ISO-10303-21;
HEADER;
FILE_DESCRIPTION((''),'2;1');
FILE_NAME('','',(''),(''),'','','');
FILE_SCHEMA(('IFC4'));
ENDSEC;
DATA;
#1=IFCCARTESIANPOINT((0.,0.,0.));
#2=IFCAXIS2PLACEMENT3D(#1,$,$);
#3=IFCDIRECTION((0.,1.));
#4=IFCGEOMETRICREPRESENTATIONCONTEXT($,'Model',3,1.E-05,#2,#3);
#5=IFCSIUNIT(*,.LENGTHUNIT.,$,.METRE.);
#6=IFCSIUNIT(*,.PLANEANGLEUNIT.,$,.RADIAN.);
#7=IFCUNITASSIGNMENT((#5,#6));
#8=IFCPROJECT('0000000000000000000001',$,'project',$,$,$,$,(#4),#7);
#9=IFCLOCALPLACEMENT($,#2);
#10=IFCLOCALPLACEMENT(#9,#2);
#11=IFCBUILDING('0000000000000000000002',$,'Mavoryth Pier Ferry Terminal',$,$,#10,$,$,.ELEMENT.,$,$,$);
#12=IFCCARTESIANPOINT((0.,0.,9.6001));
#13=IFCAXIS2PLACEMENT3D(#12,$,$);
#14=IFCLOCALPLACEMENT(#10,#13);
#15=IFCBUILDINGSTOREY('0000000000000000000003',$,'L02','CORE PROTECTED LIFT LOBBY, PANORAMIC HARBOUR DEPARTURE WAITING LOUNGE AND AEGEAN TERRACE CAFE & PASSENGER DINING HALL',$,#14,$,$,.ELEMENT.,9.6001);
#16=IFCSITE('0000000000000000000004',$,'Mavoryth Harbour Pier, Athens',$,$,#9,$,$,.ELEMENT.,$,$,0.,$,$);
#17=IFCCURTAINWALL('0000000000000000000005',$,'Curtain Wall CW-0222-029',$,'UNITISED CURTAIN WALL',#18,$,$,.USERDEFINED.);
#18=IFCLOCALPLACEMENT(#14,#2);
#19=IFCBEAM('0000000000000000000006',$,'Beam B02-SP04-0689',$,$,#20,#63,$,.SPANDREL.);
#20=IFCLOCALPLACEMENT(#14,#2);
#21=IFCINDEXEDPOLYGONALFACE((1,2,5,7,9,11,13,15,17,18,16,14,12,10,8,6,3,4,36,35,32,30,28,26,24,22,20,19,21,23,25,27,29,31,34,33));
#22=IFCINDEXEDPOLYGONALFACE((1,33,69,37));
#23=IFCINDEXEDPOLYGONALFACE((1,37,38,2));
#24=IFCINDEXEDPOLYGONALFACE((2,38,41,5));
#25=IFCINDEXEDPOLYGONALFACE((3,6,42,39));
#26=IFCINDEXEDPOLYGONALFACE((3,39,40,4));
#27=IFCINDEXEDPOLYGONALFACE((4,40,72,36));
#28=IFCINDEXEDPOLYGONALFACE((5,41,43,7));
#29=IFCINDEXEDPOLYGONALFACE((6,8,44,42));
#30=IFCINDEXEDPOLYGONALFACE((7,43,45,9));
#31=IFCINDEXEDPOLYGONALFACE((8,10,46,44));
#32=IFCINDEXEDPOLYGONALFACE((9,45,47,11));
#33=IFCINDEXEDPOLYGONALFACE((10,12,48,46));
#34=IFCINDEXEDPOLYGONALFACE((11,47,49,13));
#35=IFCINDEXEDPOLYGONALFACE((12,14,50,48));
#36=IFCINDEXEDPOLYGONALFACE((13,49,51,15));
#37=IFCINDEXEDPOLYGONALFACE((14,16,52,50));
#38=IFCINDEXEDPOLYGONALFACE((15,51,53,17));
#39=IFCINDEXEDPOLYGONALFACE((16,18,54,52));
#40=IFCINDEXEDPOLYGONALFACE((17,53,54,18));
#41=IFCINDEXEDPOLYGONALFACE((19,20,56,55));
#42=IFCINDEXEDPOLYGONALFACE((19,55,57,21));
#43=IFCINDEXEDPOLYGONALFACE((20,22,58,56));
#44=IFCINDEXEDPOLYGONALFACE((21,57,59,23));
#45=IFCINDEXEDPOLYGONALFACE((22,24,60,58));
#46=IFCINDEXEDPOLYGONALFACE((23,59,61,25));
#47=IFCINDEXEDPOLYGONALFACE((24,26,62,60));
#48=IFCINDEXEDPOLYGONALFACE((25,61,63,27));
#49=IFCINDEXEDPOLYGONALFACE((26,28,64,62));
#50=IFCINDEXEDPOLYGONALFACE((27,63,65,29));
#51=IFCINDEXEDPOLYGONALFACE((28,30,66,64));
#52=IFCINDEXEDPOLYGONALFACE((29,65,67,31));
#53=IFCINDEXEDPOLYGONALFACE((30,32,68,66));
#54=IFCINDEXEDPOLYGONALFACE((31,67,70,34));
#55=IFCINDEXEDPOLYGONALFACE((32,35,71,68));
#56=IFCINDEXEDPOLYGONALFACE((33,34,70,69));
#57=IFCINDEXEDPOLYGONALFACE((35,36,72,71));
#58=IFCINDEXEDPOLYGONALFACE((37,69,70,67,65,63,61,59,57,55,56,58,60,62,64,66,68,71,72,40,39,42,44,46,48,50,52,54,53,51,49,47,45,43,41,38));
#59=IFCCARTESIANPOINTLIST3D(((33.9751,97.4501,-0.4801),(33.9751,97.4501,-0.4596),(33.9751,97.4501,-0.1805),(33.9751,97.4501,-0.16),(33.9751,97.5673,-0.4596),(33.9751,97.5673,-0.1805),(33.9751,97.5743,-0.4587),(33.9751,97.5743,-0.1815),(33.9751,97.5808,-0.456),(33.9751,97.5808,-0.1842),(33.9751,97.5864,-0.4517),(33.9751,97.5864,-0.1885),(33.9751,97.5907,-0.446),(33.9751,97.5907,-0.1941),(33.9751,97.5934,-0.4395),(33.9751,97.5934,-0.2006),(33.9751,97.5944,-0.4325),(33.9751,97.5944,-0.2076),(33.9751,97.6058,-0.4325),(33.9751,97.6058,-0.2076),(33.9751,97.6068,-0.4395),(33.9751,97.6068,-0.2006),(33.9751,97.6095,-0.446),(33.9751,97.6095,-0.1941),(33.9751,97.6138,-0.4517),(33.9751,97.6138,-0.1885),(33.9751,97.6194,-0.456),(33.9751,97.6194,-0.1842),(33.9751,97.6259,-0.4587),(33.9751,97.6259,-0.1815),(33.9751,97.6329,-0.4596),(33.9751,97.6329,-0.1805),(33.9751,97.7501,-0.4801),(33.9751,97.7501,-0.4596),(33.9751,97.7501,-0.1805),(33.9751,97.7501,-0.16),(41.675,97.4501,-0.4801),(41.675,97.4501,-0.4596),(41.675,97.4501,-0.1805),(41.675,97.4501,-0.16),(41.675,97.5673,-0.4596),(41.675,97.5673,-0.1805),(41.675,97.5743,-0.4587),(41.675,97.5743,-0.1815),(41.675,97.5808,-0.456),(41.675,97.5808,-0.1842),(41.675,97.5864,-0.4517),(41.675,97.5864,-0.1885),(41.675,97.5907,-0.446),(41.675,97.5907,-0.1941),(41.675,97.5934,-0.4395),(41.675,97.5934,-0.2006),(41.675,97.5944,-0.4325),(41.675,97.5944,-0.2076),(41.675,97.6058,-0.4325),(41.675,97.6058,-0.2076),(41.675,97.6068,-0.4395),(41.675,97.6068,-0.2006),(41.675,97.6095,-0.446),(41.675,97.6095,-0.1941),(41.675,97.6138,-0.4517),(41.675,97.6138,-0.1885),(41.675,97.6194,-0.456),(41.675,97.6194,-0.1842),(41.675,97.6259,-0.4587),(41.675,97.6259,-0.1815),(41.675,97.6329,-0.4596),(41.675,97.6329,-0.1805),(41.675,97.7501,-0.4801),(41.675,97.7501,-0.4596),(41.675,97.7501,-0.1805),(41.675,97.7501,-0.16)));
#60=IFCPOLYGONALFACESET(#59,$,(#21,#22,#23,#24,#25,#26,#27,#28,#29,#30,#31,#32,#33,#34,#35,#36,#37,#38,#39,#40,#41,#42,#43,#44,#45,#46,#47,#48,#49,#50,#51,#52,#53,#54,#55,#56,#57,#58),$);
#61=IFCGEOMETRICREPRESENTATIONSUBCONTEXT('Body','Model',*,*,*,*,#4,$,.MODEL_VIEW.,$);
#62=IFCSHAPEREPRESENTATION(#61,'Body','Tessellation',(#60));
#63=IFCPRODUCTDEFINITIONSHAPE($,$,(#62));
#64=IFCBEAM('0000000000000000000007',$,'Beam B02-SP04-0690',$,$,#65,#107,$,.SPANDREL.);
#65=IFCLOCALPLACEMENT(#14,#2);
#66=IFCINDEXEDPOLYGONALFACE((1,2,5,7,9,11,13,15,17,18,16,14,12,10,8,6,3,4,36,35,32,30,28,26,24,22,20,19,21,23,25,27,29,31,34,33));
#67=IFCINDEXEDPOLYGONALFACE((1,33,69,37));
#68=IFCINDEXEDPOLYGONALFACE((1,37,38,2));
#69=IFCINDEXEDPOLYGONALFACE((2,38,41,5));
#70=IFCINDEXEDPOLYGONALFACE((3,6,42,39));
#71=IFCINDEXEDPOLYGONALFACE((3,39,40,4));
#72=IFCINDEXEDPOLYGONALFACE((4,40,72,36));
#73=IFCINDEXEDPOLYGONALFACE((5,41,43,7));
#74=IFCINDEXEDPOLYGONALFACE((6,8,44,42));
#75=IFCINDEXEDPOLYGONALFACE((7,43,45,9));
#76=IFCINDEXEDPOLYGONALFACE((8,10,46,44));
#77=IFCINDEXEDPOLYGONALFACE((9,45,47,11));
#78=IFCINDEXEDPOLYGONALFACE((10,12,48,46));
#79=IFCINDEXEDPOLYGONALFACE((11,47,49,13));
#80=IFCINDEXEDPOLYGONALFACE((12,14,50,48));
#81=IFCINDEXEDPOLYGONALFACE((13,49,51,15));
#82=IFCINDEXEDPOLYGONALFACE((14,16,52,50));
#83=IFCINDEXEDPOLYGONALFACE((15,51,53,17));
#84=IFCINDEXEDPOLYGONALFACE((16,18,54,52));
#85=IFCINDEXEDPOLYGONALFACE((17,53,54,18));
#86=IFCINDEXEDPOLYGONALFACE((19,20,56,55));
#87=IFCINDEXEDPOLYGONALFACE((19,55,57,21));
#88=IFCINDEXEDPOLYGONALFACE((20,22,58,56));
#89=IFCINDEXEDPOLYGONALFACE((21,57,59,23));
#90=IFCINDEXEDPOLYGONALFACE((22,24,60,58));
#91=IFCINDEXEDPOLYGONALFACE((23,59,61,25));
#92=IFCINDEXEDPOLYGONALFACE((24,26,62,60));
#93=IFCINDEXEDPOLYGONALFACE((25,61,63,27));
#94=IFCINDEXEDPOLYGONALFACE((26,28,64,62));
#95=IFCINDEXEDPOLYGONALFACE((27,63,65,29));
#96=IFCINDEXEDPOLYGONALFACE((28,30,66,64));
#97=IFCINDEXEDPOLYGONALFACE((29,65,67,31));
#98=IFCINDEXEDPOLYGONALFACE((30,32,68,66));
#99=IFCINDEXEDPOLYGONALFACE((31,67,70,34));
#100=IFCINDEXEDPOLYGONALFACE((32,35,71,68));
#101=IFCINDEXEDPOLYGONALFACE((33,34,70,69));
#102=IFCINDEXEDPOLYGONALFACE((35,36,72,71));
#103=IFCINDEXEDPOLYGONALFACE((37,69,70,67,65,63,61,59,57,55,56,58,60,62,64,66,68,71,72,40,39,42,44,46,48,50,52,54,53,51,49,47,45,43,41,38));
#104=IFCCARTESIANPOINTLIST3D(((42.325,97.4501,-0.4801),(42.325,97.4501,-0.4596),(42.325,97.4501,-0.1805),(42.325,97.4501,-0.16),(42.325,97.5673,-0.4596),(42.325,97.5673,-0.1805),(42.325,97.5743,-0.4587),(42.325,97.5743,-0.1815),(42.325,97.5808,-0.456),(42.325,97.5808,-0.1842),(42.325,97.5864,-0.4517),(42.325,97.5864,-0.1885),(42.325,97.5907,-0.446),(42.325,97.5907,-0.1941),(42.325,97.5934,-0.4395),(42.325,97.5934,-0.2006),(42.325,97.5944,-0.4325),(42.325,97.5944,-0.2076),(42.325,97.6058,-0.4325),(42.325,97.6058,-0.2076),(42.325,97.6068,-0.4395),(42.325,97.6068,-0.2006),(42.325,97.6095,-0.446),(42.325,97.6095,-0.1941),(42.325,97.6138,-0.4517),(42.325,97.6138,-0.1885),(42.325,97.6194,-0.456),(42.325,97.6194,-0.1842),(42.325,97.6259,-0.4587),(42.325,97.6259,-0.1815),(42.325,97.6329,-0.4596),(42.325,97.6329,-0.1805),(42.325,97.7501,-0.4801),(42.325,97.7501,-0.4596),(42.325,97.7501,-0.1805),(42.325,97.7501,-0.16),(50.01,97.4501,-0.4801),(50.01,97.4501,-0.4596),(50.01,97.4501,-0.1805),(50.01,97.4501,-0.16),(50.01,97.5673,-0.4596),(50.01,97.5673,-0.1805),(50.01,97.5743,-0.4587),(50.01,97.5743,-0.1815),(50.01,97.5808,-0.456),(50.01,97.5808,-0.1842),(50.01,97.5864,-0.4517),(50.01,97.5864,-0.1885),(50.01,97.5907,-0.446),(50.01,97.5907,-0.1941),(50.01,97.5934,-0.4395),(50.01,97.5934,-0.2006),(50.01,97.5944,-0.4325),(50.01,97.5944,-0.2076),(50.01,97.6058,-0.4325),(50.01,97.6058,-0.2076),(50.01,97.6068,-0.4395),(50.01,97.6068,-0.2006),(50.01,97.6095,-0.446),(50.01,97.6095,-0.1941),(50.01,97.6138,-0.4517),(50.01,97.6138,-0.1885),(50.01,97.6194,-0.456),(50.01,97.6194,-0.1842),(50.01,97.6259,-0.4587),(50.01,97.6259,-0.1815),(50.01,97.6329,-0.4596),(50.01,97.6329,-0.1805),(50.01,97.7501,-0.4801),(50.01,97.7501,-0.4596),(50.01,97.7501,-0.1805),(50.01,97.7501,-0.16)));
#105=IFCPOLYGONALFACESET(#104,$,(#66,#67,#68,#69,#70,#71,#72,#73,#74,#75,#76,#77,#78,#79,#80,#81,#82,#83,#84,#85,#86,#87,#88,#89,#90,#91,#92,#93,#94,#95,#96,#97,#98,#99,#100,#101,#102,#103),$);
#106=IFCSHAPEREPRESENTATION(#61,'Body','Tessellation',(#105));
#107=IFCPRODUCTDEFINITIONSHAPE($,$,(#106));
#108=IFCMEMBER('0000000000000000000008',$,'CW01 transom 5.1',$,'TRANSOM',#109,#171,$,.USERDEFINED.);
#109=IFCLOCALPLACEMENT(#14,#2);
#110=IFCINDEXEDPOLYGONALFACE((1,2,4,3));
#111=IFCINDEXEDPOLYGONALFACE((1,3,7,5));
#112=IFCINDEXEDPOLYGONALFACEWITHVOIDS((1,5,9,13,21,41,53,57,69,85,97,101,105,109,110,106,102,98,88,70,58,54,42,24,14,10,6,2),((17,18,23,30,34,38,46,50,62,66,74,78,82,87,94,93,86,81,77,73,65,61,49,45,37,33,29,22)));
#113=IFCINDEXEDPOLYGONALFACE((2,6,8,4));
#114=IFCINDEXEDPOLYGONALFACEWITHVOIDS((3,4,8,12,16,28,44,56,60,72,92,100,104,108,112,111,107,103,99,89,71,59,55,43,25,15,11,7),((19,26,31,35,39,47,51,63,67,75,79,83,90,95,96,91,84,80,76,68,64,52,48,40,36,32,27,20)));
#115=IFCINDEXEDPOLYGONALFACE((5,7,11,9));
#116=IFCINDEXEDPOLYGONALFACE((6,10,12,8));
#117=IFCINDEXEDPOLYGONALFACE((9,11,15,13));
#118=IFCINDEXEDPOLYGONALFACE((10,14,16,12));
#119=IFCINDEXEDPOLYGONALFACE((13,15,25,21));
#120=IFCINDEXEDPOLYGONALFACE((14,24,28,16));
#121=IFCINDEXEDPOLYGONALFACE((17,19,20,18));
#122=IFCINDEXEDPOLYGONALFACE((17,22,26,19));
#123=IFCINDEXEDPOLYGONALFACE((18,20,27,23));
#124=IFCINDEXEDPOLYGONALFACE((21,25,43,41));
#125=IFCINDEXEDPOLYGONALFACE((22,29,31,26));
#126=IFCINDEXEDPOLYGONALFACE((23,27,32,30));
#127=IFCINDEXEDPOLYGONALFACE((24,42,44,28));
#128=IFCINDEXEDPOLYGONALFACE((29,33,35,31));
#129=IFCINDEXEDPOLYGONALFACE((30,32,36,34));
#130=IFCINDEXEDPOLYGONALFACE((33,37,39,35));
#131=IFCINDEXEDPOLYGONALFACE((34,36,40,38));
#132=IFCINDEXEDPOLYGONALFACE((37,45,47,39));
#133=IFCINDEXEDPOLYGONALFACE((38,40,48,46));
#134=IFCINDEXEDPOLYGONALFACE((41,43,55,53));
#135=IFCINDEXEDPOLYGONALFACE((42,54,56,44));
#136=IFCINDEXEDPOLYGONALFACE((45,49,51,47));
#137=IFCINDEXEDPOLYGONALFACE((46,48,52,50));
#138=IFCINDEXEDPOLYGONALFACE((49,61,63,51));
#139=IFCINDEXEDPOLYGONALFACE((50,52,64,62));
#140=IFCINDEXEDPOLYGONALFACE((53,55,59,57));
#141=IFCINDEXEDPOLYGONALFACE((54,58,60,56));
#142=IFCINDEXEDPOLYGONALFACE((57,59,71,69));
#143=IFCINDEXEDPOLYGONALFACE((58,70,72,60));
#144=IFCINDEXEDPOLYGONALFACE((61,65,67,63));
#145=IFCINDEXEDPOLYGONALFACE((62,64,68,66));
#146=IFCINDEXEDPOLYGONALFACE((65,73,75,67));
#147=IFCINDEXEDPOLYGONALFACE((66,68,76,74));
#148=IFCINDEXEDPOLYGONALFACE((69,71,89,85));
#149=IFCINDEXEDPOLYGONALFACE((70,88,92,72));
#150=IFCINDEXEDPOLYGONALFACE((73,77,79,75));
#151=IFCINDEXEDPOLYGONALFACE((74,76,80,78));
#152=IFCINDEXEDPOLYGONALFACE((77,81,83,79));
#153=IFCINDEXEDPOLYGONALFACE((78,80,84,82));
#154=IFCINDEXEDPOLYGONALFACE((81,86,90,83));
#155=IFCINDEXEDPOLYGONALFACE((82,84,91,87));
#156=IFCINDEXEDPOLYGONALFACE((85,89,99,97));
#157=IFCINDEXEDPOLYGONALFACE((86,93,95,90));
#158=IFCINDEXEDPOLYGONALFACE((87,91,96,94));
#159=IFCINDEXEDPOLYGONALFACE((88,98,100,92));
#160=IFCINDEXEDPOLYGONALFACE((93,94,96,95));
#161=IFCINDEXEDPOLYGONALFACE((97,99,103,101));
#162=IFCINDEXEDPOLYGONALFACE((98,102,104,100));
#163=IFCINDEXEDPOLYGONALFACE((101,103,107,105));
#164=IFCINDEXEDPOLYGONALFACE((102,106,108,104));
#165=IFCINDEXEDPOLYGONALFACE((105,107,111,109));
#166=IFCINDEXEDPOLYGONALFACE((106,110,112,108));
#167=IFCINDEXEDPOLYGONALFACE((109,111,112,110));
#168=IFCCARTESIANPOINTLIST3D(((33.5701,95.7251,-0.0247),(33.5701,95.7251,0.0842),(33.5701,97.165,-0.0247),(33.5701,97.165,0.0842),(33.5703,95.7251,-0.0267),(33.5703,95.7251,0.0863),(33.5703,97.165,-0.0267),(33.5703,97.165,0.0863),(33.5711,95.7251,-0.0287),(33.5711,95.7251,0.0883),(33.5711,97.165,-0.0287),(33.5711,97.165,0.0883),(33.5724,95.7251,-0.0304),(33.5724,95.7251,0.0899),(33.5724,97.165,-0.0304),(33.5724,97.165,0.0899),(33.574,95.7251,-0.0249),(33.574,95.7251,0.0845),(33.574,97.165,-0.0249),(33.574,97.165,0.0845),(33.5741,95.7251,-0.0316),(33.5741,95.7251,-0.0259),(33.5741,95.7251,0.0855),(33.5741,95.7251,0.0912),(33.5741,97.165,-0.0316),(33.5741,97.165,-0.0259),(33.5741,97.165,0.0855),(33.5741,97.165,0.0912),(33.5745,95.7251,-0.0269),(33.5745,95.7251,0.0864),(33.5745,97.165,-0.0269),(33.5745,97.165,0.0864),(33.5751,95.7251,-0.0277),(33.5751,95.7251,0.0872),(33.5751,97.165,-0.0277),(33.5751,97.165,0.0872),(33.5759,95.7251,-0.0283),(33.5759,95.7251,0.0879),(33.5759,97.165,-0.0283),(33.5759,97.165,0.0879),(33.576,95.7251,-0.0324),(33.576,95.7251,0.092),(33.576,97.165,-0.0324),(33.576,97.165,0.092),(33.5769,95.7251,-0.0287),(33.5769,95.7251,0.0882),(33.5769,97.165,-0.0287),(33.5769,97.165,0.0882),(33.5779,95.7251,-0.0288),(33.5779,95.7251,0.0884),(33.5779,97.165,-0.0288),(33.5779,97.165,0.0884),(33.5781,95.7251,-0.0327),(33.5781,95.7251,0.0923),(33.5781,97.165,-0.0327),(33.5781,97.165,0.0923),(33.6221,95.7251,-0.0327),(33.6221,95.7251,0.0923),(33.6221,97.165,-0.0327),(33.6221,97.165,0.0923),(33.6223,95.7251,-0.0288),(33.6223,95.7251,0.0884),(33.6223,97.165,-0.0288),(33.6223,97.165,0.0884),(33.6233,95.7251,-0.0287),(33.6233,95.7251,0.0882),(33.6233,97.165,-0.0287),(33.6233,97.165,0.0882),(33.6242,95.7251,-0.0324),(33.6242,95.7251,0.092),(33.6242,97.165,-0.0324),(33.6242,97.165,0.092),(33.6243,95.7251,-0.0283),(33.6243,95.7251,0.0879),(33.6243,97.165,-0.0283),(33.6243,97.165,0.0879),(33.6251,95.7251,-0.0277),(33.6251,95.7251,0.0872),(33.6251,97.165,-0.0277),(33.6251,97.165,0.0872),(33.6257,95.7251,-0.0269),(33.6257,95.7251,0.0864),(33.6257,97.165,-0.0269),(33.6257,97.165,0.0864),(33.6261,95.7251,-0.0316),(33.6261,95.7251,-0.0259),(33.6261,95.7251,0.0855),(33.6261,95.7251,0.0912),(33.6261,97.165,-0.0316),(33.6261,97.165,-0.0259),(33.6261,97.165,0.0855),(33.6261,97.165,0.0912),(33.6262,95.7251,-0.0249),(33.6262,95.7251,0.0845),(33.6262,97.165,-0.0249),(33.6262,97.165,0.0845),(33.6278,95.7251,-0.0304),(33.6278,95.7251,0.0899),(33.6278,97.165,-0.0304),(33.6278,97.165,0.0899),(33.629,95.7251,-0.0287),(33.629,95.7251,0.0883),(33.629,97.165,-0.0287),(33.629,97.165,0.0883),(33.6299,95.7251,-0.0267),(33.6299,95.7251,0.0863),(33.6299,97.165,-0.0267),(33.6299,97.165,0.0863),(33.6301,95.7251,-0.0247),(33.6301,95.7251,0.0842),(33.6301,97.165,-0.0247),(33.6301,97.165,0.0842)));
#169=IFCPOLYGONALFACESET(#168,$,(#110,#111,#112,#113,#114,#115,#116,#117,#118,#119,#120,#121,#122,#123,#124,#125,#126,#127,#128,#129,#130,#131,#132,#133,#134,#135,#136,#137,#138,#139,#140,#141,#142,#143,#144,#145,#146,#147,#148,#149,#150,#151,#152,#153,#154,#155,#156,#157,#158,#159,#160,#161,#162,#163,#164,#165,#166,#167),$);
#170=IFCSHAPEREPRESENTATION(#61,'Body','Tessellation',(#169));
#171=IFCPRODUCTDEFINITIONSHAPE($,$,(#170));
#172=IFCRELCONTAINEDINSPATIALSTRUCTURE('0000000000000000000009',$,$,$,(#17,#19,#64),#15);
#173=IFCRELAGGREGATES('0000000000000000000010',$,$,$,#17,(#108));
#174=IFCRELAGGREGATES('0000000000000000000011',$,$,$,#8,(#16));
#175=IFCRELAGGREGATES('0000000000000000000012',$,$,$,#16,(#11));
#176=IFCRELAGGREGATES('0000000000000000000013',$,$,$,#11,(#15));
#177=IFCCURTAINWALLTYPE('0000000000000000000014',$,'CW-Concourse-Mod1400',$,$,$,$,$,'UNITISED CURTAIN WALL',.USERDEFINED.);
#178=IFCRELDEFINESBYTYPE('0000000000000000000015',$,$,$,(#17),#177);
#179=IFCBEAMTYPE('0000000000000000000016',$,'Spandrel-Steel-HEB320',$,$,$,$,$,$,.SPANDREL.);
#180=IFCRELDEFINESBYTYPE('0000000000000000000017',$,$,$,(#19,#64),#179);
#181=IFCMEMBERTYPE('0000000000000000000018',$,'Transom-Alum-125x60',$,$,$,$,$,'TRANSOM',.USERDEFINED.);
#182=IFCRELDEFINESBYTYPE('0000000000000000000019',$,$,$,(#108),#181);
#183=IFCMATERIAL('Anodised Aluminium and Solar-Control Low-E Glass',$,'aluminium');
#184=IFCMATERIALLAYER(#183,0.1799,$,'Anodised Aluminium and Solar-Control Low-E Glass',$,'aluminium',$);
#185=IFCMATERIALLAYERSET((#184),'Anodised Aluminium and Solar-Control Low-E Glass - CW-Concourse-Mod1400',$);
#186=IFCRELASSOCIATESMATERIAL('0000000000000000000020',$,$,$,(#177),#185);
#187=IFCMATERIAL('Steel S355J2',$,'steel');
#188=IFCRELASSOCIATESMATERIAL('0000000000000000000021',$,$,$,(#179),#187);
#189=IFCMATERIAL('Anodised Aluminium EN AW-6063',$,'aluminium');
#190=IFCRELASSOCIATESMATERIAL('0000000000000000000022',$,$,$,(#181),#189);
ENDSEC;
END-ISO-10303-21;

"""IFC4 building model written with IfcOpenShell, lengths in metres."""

from ifc_helpers import new_model, si_unit, direction, frame, origin, origin_2d, place, context, subcontext, project, spatial, hollow_rectangle, i_section, extrude, material, layer, layer_set, material_profile, profile_set, type_object, element, aggregate, save


model = new_model("IFC4")

# Units and contexts
model_context = context("Model", 3, precision=1e-05, world=origin(), true_north=direction((0.0, 1.0)))
body_context = subcontext(model_context, "Body", "Model", "MODEL_VIEW")
ifc_project = project(units=[si_unit("LENGTHUNIT", "METRE"), si_unit("PLANEANGLEUNIT", "RADIAN")], contexts=[model_context])

# Site, building, storey
site_placement = place(None, origin())
site = spatial("IfcSite", under=ifc_project, at=site_placement, Name="Mavoryth Harbour Pier, Athens", CompositionType="ELEMENT", RefElevation=0.0)
building_placement = place(site_placement, origin())
building = spatial("IfcBuilding", under=site, at=building_placement, Name="Mavoryth Pier Ferry Terminal", CompositionType="ELEMENT")
storey_placement = place(building_placement, frame((0.0, 0.0, 9.6001)))
storey = spatial("IfcBuildingStorey", under=building, at=storey_placement, Name="L02", Description="CORE PROTECTED LIFT LOBBY, PANORAMIC HARBOUR DEPARTURE WAITING LOUNGE AND AEGEAN TERRACE CAFE & PASSENGER DINING HALL", CompositionType="ELEMENT", Elevation=9.6001)

# Shared definitions
ifc_material_1 = material(Name="Steel S355J2", Category="steel")

# Curtain wall
ifc_material_2 = material(Name="Anodised Aluminium and Solar-Control Low-E Glass", Category="aluminium")
ifc_layer_1 = layer(ifc_material_2, 0.1799, Name="Anodised Aluminium and Solar-Control Low-E Glass", Category="aluminium")
ifc_layer_set_1 = layer_set([ifc_layer_1], Name="Anodised Aluminium and Solar-Control Low-E Glass - CW-Concourse-Mod1400")
curtain_wall_type = type_object("IfcCurtainWallType", Name="CW-Concourse-Mod1400", ElementType="UNITISED CURTAIN WALL", PredefinedType="USERDEFINED", material=ifc_layer_set_1)
curtain_wall_1_placement = place(storey_placement, origin())
curtain_wall_1 = element("IfcCurtainWall", 1, at=curtain_wall_1_placement, inside=storey, type_object=curtain_wall_type, Name="Curtain Wall CW-0222-029", ObjectType="UNITISED CURTAIN WALL", PredefinedType="USERDEFINED")
ifc_material_3 = material(Name="Anodised Aluminium EN AW-6063", Category="aluminium")

# Beams
ifc_material_profile_1 = material_profile(ifc_material_1, i_section(OverallWidth=0.3, OverallDepth=0.3201, WebThickness=0.0115, FlangeThickness=0.0205, FilletRadius=0.0271, at=origin_2d()), Name="HEB 320", Category="steel")
ifc_profile_set_1 = profile_set([ifc_material_profile_1], Name="Steel S355J2 - HEB 320")
beam_type_1 = type_object("IfcBeamType", Name="Spandrel-Steel-HEB320", PredefinedType="SPANDREL", material=ifc_profile_set_1)
beam_1_placement = place(storey_placement, frame((33.9751, 97.6001, -0.3201), z_axis=(1.0, 0.0, 0.0), x_axis=(0.0, 1.0, 0.0)))
element("IfcBeam", 2, at=beam_1_placement, inside=storey, type_object=beam_type_1, Name="Beam B02-SP04-0689", PredefinedType="SPANDREL", context=body_context, shape_type="SweptSolid", body=[
    extrude(i_section(OverallWidth=0.3, OverallDepth=0.3201, WebThickness=0.0115, FlangeThickness=0.0205, FilletRadius=0.0271, at=origin_2d()), origin(), (0.0, 0.0, 1.0), 7.7),
])
beam_2_placement = place(storey_placement, frame((42.325, 97.6001, -0.3201), z_axis=(1.0, 0.0, 0.0), x_axis=(0.0, 1.0, 0.0)))
element("IfcBeam", 3, at=beam_2_placement, inside=storey, type_object=beam_type_1, Name="Beam B02-SP04-0690", PredefinedType="SPANDREL", context=body_context, shape_type="SweptSolid", body=[
    extrude(i_section(OverallWidth=0.3, OverallDepth=0.3201, WebThickness=0.0115, FlangeThickness=0.0205, FilletRadius=0.0271, at=origin_2d()), origin(), (0.0, 0.0, 1.0), 7.6851),
])

# Member
ifc_material_profile_2 = material_profile(ifc_material_3, hollow_rectangle(XDim=0.0601, YDim=0.125, WallThickness=0.0039, InnerFilletRadius=0.0039, OuterFilletRadius=0.0081, at=origin_2d()), Name="AL-TRAN 125x60x4", Category="aluminium")
ifc_profile_set_2 = profile_set([ifc_material_profile_2], Name="Anodised Aluminium EN AW-6063 - AL-TRAN 125x60x4")
member_type_1 = type_object("IfcMemberType", Name="Transom-Alum-125x60", ElementType="TRANSOM", PredefinedType="USERDEFINED", material=ifc_profile_set_2)
member_1_placement = place(storey_placement, frame((33.6001, 95.7251, 0.0298), z_axis=(0.0, 1.0, 0.0), x_axis=(-1.0, 0.0, 0.0)))
member_1 = element("IfcMember", 4, at=member_1_placement, type_object=member_type_1, Name="CW01 transom 5.1", ObjectType="TRANSOM", PredefinedType="USERDEFINED", context=body_context, shape_type="SweptSolid", body=[
    extrude(hollow_rectangle(XDim=0.0601, YDim=0.125, WallThickness=0.0039, InnerFilletRadius=0.0039, OuterFilletRadius=0.0081, at=origin_2d()), origin(), (0.0, 0.0, 1.0), 1.4399),
])

aggregate(curtain_wall_1, [member_1])

save(model, "model.ifc")
